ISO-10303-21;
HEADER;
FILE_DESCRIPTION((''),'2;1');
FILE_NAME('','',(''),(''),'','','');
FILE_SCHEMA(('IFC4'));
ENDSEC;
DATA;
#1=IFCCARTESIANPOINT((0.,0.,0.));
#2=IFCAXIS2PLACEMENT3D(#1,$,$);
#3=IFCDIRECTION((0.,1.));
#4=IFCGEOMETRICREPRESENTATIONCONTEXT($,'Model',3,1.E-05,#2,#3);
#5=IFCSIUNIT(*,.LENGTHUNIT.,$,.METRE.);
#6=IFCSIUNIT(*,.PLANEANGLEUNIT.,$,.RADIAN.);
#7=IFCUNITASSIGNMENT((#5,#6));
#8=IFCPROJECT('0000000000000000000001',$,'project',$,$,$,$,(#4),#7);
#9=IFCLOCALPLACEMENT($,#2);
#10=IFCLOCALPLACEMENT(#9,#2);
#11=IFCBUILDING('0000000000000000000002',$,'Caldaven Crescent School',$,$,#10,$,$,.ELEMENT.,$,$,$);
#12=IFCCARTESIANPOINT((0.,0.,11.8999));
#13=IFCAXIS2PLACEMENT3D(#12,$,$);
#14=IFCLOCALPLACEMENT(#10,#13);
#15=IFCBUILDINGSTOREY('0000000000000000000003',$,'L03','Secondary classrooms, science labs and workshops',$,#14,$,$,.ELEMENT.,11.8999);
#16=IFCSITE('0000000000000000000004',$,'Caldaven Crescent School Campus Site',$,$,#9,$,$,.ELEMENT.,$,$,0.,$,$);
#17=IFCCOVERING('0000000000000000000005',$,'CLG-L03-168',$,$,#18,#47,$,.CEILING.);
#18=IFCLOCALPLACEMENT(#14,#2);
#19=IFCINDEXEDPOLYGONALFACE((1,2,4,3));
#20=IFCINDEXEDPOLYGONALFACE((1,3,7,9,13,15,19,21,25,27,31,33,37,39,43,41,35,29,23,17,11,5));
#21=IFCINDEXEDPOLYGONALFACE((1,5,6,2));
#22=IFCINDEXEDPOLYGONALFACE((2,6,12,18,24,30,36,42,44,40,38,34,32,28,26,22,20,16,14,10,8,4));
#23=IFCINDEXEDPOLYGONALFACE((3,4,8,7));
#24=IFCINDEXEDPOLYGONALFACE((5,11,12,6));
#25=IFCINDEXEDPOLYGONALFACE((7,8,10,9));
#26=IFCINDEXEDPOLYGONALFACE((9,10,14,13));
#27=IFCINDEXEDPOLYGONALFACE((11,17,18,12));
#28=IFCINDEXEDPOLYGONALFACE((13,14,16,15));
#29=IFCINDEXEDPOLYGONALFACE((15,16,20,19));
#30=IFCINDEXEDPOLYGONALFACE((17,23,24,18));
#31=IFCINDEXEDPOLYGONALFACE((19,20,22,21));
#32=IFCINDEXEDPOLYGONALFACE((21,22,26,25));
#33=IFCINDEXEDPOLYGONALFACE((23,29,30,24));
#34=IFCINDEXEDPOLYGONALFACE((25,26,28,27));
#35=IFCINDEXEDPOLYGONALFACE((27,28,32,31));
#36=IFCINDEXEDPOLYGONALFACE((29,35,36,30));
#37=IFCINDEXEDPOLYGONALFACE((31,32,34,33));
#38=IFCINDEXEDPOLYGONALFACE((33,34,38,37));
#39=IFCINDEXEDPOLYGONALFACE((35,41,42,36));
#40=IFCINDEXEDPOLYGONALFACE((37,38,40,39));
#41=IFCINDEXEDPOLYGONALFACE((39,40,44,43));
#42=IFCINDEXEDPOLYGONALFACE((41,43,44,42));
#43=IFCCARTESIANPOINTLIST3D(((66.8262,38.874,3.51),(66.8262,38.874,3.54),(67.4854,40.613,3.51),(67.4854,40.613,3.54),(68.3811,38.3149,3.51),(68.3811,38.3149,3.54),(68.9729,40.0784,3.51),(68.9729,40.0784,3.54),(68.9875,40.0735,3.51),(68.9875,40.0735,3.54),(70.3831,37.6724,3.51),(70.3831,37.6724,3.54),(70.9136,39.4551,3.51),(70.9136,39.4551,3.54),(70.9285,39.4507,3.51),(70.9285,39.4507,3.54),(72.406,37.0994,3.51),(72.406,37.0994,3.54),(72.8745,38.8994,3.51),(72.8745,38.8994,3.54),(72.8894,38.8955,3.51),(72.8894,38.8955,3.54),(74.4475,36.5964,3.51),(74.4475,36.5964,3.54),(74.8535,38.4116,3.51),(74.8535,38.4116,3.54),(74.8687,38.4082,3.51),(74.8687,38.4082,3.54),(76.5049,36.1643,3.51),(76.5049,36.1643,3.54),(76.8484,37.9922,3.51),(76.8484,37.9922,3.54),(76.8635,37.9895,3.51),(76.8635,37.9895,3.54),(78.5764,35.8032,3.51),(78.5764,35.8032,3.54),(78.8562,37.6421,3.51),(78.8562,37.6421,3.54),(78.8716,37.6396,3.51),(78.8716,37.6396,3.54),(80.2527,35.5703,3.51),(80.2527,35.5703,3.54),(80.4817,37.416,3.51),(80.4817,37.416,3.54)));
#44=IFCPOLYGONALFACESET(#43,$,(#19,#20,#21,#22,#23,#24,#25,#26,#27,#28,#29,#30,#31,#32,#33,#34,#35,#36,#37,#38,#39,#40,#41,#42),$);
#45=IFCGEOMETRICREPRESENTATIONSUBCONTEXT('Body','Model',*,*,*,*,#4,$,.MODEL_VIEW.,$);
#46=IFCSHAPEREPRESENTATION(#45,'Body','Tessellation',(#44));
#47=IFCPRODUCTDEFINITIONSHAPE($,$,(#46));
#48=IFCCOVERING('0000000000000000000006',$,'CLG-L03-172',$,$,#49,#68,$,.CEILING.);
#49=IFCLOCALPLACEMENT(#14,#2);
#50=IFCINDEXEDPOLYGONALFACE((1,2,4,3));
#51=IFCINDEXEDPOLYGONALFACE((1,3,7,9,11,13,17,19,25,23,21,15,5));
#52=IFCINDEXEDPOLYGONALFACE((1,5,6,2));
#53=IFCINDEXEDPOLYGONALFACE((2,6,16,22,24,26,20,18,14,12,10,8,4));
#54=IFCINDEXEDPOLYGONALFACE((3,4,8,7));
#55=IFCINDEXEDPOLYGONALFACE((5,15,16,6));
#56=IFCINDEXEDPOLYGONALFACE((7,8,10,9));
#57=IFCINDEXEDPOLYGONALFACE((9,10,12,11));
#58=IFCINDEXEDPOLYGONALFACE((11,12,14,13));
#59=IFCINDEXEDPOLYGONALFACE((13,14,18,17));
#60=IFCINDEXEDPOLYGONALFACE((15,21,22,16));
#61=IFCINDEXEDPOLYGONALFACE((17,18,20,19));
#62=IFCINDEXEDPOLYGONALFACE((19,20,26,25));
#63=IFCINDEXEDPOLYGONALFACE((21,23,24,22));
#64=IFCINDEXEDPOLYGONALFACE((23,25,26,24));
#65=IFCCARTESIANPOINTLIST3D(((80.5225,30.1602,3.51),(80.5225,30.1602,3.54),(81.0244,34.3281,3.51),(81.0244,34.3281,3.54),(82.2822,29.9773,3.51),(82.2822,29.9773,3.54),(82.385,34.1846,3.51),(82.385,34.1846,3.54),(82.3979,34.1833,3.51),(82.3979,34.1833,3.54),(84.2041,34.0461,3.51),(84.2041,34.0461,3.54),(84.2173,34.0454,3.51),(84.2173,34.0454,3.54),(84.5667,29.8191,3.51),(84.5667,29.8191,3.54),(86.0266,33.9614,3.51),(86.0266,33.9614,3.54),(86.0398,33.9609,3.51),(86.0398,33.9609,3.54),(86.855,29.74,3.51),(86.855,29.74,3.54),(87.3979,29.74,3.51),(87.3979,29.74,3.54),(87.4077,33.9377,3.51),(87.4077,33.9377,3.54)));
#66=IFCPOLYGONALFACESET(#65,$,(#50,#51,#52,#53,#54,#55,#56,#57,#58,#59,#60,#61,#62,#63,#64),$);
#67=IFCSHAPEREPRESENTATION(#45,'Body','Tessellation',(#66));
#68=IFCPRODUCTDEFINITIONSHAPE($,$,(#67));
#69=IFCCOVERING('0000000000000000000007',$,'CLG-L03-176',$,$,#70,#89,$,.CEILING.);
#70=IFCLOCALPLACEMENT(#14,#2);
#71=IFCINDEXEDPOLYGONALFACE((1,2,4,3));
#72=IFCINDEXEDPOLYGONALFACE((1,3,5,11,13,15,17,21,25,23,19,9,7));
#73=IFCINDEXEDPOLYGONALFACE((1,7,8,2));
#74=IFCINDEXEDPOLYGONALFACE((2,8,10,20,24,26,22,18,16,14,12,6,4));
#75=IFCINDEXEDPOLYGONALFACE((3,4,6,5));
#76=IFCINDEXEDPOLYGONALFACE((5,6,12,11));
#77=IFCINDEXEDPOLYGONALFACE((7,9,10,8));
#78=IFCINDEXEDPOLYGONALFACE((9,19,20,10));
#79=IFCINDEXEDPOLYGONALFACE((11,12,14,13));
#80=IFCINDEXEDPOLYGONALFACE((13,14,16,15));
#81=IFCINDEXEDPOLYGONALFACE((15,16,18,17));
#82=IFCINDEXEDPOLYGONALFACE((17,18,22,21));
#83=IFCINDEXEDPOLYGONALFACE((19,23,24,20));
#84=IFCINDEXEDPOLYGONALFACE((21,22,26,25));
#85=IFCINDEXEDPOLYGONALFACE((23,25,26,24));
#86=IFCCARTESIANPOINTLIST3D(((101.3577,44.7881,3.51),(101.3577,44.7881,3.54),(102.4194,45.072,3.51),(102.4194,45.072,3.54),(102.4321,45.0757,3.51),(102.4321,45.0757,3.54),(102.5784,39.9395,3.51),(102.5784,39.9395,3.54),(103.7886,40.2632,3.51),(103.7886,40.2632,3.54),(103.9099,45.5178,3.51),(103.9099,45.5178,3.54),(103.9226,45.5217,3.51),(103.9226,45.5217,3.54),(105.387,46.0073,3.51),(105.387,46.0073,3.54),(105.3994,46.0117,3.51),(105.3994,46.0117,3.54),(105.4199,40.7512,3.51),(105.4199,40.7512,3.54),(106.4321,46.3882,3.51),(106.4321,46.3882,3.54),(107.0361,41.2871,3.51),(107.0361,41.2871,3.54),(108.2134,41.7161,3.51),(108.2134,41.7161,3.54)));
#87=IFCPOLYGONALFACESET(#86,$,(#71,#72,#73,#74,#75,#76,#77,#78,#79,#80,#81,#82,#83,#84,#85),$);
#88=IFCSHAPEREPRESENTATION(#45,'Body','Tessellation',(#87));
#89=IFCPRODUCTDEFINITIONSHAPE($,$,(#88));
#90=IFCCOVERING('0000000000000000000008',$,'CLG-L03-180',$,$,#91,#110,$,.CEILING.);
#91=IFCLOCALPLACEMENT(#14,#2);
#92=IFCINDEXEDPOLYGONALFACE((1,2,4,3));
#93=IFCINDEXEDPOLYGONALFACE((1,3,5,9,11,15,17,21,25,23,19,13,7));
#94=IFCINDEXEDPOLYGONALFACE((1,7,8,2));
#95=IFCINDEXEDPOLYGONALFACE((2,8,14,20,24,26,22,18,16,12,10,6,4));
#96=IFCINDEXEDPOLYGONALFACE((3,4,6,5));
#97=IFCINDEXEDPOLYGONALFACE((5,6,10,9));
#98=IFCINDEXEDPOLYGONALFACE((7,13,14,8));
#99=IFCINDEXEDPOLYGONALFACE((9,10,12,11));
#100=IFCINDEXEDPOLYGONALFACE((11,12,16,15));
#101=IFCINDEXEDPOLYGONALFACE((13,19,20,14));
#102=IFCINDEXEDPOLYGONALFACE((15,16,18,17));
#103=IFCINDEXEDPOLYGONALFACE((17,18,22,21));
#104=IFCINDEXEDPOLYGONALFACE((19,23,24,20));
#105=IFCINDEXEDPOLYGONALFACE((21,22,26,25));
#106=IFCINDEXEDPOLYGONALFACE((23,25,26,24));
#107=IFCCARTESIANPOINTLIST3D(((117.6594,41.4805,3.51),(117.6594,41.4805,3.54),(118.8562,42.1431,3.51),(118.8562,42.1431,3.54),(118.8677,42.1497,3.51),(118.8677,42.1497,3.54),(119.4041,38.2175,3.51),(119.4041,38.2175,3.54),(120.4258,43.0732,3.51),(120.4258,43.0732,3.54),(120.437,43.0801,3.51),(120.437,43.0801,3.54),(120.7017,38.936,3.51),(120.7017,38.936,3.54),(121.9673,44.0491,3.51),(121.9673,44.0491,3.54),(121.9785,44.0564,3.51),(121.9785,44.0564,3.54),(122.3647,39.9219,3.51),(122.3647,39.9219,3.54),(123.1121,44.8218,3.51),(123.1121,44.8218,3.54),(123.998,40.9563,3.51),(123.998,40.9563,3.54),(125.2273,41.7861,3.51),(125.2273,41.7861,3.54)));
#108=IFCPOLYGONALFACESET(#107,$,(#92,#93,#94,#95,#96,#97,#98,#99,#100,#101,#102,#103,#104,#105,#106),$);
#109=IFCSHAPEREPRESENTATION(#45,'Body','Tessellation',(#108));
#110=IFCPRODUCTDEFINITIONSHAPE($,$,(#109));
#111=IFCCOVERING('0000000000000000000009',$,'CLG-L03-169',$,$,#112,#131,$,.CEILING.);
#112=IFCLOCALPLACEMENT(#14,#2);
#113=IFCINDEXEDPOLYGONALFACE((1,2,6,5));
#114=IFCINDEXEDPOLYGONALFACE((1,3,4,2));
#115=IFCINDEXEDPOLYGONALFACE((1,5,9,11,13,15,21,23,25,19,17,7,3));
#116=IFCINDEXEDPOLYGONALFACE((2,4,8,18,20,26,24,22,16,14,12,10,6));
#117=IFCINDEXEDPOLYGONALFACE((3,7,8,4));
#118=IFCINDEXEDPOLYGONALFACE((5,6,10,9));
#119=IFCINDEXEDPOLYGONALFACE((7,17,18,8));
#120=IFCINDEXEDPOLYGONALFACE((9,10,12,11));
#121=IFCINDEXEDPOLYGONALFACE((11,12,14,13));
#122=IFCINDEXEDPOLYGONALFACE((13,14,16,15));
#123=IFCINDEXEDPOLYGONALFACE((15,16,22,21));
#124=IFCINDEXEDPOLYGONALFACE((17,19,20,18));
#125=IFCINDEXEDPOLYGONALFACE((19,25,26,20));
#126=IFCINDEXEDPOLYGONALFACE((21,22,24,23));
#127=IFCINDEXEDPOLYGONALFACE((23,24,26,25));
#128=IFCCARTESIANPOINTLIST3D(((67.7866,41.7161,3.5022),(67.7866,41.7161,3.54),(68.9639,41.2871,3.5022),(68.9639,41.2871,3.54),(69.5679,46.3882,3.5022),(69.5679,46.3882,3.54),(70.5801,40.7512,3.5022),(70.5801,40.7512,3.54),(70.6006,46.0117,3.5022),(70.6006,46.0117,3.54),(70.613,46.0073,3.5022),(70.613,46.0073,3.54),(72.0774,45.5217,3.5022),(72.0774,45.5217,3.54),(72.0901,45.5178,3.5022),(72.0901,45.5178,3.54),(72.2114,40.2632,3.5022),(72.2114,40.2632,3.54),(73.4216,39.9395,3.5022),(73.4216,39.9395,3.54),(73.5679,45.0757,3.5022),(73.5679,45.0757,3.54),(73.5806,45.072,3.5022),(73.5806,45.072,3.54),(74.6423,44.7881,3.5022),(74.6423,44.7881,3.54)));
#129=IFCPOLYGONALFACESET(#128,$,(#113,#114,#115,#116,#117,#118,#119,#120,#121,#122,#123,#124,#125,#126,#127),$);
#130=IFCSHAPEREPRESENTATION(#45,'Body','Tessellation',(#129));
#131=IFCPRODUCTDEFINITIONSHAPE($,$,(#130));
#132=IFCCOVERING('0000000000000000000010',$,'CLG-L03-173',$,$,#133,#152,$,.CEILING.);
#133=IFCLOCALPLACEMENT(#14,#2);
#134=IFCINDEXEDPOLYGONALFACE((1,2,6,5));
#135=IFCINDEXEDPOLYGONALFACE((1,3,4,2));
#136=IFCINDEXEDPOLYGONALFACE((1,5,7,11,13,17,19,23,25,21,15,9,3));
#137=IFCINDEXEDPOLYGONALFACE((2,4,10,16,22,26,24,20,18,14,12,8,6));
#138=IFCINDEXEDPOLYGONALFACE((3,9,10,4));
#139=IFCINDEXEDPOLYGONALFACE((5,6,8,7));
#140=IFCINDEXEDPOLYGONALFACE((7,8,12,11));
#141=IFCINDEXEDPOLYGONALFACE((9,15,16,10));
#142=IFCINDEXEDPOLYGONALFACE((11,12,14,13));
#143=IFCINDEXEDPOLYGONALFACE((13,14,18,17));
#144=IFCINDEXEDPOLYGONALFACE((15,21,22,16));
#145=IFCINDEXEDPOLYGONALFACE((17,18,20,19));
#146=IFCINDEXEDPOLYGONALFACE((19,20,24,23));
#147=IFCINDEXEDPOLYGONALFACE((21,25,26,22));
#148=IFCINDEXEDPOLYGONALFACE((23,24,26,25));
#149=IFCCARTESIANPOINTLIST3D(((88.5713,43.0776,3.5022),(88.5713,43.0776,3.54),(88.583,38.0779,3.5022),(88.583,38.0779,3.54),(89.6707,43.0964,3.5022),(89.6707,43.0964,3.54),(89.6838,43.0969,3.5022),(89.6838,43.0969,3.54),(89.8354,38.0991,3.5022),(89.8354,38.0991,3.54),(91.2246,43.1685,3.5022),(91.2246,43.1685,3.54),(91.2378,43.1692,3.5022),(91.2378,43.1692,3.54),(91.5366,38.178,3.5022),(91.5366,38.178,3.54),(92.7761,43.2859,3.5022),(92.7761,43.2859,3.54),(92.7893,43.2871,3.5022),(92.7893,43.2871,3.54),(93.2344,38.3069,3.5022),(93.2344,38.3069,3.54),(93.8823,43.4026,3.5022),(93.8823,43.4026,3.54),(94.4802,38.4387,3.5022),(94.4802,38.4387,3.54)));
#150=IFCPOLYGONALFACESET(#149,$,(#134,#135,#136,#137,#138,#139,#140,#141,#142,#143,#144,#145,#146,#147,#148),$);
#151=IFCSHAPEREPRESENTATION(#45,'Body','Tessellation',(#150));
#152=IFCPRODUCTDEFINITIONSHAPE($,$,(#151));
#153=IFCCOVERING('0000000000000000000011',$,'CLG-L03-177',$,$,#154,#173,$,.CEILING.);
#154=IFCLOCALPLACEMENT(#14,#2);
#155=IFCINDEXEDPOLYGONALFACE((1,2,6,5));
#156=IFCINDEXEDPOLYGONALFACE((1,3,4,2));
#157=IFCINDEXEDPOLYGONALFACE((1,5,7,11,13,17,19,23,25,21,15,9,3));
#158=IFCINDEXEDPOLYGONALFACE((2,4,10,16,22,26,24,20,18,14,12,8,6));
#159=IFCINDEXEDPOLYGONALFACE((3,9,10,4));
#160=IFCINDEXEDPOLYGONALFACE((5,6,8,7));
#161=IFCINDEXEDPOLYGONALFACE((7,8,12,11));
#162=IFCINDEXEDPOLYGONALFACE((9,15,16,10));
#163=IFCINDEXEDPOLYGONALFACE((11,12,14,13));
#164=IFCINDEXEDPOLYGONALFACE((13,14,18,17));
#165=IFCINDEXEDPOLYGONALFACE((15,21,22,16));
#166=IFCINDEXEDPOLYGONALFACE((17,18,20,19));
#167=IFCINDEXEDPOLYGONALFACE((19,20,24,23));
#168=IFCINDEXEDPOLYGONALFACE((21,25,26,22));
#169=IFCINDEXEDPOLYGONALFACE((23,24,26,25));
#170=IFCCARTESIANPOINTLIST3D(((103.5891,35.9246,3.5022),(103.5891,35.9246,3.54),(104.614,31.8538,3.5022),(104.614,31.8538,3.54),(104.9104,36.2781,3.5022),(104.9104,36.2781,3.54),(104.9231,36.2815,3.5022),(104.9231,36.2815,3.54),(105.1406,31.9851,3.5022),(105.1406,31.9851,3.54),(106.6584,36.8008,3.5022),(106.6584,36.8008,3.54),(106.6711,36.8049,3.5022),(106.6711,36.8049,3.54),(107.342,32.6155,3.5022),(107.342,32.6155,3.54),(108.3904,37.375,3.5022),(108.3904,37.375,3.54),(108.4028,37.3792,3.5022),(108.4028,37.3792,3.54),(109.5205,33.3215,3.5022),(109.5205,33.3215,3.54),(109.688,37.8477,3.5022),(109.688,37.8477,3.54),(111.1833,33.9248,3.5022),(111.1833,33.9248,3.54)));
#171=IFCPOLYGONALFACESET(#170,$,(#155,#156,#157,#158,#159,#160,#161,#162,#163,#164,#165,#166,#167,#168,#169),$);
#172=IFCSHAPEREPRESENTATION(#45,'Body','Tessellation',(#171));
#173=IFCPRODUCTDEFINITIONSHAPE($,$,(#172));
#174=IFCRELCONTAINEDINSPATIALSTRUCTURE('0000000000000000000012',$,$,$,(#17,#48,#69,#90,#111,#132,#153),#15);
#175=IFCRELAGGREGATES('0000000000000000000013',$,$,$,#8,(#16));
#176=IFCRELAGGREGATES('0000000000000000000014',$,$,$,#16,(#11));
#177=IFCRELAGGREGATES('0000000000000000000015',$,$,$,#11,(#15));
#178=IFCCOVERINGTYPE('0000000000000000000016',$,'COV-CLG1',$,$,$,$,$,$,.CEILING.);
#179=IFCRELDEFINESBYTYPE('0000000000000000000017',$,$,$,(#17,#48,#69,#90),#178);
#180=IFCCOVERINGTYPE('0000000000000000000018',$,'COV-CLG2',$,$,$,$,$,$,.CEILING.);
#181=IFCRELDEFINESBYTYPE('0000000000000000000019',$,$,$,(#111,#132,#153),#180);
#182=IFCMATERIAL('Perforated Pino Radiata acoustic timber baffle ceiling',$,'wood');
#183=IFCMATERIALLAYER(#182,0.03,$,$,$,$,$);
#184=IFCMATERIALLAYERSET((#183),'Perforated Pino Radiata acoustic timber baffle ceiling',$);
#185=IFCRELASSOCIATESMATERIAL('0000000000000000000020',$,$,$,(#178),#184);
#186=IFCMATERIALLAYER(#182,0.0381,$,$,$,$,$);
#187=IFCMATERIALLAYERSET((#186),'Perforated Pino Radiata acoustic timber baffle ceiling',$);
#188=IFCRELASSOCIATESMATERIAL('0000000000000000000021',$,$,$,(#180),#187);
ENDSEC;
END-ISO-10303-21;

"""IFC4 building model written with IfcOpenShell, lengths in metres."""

from ifc_helpers import new_model, si_unit, direction, frame, origin, place, context, subcontext, project, spatial, polyline, outline, extrude, material, layer, layer_set, type_object, element, save


model = new_model("IFC4")

# Units and contexts
model_context = context("Model", 3, precision=1e-05, world=origin(), true_north=direction((0.0, 1.0)))
body_context = subcontext(model_context, "Body", "Model", "MODEL_VIEW")
ifc_project = project(units=[si_unit("LENGTHUNIT", "METRE"), si_unit("PLANEANGLEUNIT", "RADIAN")], contexts=[model_context])

# Site, building, storey
site_placement = place(None, origin())
site = spatial("IfcSite", under=ifc_project, at=site_placement, Name="Caldaven Crescent School Campus Site", CompositionType="ELEMENT", RefElevation=0.0)
building_placement = place(site_placement, origin())
building = spatial("IfcBuilding", under=site, at=building_placement, Name="Caldaven Crescent School", CompositionType="ELEMENT")
storey_placement = place(building_placement, frame((0.0, 0.0, 11.8999)))
storey = spatial("IfcBuildingStorey", under=building, at=storey_placement, Name="L03", Description="Secondary classrooms, science labs and workshops", CompositionType="ELEMENT", Elevation=11.8999)

# Coverings
ifc_material_1 = material(Name="Perforated Pino Radiata acoustic timber baffle ceiling", Category="wood")
ifc_layer_1 = layer(ifc_material_1, 0.03)
ifc_layer_set_1 = layer_set([ifc_layer_1], Name="Perforated Pino Radiata acoustic timber baffle ceiling")
covering_type_1 = type_object("IfcCoveringType", Name="COV-CLG1", PredefinedType="CEILING", material=ifc_layer_set_1)
covering_1_placement = place(storey_placement, frame((0.0, 0.0, 3.51)))
element("IfcCovering", 1, at=covering_1_placement, inside=storey, type_object=covering_type_1, Name="CLG-L03-168", PredefinedType="CEILING", context=body_context, shape_type="SweptSolid", body=[
    extrude(outline(polyline([(68.9729, 40.0784), (68.9875, 40.0735), (70.9136, 39.4551), (70.9285, 39.4507), (72.8745, 38.8994), (72.8894, 38.8955), (74.8535, 38.4116), (74.8687, 38.4082), (76.8484, 37.9922), (76.8635, 37.9895), (78.8562, 37.6421), (78.8716, 37.6396), (80.4817, 37.416), (80.2527, 35.5703), (78.5764, 35.8032), (76.5049, 36.1643), (74.4475, 36.5964), (72.406, 37.0994), (70.3831, 37.6724), (68.3811, 38.3149), (66.8262, 38.874), (67.4854, 40.613), (68.9729, 40.0784)])), origin(), (0.0, 0.0, 1.0), 0.03),
])
covering_2_placement = place(storey_placement, frame((0.0, 0.0, 3.51)))
element("IfcCovering", 2, at=covering_2_placement, inside=storey, type_object=covering_type_1, Name="CLG-L03-172", PredefinedType="CEILING", context=body_context, shape_type="SweptSolid", body=[
    extrude(outline(polyline([(82.385, 34.1846), (82.3979, 34.1833), (84.2041, 34.0461), (84.2173, 34.0454), (86.0266, 33.9614), (86.0398, 33.9609), (87.4077, 33.9377), (87.3979, 29.74), (86.855, 29.74), (84.5667, 29.8191), (82.2822, 29.9773), (80.5225, 30.1602), (81.0244, 34.3281), (82.385, 34.1846)])), origin(), (0.0, 0.0, 1.0), 0.03),
])
covering_3_placement = place(storey_placement, frame((0.0, 0.0, 3.51)))
element("IfcCovering", 3, at=covering_3_placement, inside=storey, type_object=covering_type_1, Name="CLG-L03-176", PredefinedType="CEILING", context=body_context, shape_type="SweptSolid", body=[
    extrude(outline(polyline([(102.4194, 45.072), (102.4321, 45.0757), (103.9099, 45.5178), (103.9226, 45.5217), (105.387, 46.0073), (105.3994, 46.0117), (106.4321, 46.3882), (108.2134, 41.7161), (107.0361, 41.2871), (105.4199, 40.7512), (103.7886, 40.2632), (102.5784, 39.9395), (101.3577, 44.7881), (102.4194, 45.072)])), origin(), (0.0, 0.0, 1.0), 0.03),
])
covering_4_placement = place(storey_placement, frame((0.0, 0.0, 3.51)))
element("IfcCovering", 4, at=covering_4_placement, inside=storey, type_object=covering_type_1, Name="CLG-L03-180", PredefinedType="CEILING", context=body_context, shape_type="SweptSolid", body=[
    extrude(outline(polyline([(118.8562, 42.1431), (118.8677, 42.1497), (120.4258, 43.0732), (120.437, 43.0801), (121.9673, 44.0491), (121.9785, 44.0564), (123.1121, 44.8218), (125.2273, 41.7861), (123.998, 40.9563), (122.3647, 39.9219), (120.7017, 38.936), (119.4041, 38.2175), (117.6594, 41.4805), (118.8562, 42.1431)])), origin(), (0.0, 0.0, 1.0), 0.03),
])
ifc_layer_2 = layer(ifc_material_1, 0.0381)
ifc_layer_set_2 = layer_set([ifc_layer_2], Name="Perforated Pino Radiata acoustic timber baffle ceiling")
covering_type_2 = type_object("IfcCoveringType", Name="COV-CLG2", PredefinedType="CEILING", material=ifc_layer_set_2)
covering_5_placement = place(storey_placement, frame((0.0, 0.0, 3.5022)))
element("IfcCovering", 5, at=covering_5_placement, inside=storey, type_object=covering_type_2, Name="CLG-L03-169", PredefinedType="CEILING", context=body_context, shape_type="SweptSolid", body=[
    extrude(outline(polyline([(70.6006, 46.0117), (70.613, 46.0073), (72.0774, 45.5217), (72.0901, 45.5178), (73.5679, 45.0757), (73.5806, 45.072), (74.6423, 44.7881), (73.4216, 39.9395), (72.2114, 40.2632), (70.5801, 40.7512), (68.9639, 41.2871), (67.7866, 41.7161), (69.5679, 46.3882), (70.6006, 46.0117)])), origin(), (0.0, 0.0, 1.0), 0.0378),
])
covering_6_placement = place(storey_placement, frame((0.0, 0.0, 3.5022)))
element("IfcCovering", 6, at=covering_6_placement, inside=storey, type_object=covering_type_2, Name="CLG-L03-173", PredefinedType="CEILING", context=body_context, shape_type="SweptSolid", body=[
    extrude(outline(polyline([(89.6707, 43.0964), (89.6838, 43.0969), (91.2246, 43.1685), (91.2378, 43.1692), (92.7761, 43.2859), (92.7893, 43.2871), (93.8823, 43.4026), (94.4802, 38.4387), (93.2344, 38.3069), (91.5366, 38.178), (89.8354, 38.0991), (88.583, 38.0779), (88.5713, 43.0776), (89.6707, 43.0964)])), origin(), (0.0, 0.0, 1.0), 0.0378),
])
covering_7_placement = place(storey_placement, frame((0.0, 0.0, 3.5022)))
element("IfcCovering", 7, at=covering_7_placement, inside=storey, type_object=covering_type_2, Name="CLG-L03-177", PredefinedType="CEILING", context=body_context, shape_type="SweptSolid", body=[
    extrude(outline(polyline([(104.9104, 36.2781), (104.9231, 36.2815), (106.6584, 36.8008), (106.6711, 36.8049), (108.3904, 37.375), (108.4028, 37.3792), (109.688, 37.8477), (111.1833, 33.9248), (109.5205, 33.3215), (107.342, 32.6155), (105.1406, 31.9851), (104.614, 31.8538), (103.5891, 35.9246), (104.9104, 36.2781)])), origin(), (0.0, 0.0, 1.0), 0.0378),
])

save(model, "model.ifc")
